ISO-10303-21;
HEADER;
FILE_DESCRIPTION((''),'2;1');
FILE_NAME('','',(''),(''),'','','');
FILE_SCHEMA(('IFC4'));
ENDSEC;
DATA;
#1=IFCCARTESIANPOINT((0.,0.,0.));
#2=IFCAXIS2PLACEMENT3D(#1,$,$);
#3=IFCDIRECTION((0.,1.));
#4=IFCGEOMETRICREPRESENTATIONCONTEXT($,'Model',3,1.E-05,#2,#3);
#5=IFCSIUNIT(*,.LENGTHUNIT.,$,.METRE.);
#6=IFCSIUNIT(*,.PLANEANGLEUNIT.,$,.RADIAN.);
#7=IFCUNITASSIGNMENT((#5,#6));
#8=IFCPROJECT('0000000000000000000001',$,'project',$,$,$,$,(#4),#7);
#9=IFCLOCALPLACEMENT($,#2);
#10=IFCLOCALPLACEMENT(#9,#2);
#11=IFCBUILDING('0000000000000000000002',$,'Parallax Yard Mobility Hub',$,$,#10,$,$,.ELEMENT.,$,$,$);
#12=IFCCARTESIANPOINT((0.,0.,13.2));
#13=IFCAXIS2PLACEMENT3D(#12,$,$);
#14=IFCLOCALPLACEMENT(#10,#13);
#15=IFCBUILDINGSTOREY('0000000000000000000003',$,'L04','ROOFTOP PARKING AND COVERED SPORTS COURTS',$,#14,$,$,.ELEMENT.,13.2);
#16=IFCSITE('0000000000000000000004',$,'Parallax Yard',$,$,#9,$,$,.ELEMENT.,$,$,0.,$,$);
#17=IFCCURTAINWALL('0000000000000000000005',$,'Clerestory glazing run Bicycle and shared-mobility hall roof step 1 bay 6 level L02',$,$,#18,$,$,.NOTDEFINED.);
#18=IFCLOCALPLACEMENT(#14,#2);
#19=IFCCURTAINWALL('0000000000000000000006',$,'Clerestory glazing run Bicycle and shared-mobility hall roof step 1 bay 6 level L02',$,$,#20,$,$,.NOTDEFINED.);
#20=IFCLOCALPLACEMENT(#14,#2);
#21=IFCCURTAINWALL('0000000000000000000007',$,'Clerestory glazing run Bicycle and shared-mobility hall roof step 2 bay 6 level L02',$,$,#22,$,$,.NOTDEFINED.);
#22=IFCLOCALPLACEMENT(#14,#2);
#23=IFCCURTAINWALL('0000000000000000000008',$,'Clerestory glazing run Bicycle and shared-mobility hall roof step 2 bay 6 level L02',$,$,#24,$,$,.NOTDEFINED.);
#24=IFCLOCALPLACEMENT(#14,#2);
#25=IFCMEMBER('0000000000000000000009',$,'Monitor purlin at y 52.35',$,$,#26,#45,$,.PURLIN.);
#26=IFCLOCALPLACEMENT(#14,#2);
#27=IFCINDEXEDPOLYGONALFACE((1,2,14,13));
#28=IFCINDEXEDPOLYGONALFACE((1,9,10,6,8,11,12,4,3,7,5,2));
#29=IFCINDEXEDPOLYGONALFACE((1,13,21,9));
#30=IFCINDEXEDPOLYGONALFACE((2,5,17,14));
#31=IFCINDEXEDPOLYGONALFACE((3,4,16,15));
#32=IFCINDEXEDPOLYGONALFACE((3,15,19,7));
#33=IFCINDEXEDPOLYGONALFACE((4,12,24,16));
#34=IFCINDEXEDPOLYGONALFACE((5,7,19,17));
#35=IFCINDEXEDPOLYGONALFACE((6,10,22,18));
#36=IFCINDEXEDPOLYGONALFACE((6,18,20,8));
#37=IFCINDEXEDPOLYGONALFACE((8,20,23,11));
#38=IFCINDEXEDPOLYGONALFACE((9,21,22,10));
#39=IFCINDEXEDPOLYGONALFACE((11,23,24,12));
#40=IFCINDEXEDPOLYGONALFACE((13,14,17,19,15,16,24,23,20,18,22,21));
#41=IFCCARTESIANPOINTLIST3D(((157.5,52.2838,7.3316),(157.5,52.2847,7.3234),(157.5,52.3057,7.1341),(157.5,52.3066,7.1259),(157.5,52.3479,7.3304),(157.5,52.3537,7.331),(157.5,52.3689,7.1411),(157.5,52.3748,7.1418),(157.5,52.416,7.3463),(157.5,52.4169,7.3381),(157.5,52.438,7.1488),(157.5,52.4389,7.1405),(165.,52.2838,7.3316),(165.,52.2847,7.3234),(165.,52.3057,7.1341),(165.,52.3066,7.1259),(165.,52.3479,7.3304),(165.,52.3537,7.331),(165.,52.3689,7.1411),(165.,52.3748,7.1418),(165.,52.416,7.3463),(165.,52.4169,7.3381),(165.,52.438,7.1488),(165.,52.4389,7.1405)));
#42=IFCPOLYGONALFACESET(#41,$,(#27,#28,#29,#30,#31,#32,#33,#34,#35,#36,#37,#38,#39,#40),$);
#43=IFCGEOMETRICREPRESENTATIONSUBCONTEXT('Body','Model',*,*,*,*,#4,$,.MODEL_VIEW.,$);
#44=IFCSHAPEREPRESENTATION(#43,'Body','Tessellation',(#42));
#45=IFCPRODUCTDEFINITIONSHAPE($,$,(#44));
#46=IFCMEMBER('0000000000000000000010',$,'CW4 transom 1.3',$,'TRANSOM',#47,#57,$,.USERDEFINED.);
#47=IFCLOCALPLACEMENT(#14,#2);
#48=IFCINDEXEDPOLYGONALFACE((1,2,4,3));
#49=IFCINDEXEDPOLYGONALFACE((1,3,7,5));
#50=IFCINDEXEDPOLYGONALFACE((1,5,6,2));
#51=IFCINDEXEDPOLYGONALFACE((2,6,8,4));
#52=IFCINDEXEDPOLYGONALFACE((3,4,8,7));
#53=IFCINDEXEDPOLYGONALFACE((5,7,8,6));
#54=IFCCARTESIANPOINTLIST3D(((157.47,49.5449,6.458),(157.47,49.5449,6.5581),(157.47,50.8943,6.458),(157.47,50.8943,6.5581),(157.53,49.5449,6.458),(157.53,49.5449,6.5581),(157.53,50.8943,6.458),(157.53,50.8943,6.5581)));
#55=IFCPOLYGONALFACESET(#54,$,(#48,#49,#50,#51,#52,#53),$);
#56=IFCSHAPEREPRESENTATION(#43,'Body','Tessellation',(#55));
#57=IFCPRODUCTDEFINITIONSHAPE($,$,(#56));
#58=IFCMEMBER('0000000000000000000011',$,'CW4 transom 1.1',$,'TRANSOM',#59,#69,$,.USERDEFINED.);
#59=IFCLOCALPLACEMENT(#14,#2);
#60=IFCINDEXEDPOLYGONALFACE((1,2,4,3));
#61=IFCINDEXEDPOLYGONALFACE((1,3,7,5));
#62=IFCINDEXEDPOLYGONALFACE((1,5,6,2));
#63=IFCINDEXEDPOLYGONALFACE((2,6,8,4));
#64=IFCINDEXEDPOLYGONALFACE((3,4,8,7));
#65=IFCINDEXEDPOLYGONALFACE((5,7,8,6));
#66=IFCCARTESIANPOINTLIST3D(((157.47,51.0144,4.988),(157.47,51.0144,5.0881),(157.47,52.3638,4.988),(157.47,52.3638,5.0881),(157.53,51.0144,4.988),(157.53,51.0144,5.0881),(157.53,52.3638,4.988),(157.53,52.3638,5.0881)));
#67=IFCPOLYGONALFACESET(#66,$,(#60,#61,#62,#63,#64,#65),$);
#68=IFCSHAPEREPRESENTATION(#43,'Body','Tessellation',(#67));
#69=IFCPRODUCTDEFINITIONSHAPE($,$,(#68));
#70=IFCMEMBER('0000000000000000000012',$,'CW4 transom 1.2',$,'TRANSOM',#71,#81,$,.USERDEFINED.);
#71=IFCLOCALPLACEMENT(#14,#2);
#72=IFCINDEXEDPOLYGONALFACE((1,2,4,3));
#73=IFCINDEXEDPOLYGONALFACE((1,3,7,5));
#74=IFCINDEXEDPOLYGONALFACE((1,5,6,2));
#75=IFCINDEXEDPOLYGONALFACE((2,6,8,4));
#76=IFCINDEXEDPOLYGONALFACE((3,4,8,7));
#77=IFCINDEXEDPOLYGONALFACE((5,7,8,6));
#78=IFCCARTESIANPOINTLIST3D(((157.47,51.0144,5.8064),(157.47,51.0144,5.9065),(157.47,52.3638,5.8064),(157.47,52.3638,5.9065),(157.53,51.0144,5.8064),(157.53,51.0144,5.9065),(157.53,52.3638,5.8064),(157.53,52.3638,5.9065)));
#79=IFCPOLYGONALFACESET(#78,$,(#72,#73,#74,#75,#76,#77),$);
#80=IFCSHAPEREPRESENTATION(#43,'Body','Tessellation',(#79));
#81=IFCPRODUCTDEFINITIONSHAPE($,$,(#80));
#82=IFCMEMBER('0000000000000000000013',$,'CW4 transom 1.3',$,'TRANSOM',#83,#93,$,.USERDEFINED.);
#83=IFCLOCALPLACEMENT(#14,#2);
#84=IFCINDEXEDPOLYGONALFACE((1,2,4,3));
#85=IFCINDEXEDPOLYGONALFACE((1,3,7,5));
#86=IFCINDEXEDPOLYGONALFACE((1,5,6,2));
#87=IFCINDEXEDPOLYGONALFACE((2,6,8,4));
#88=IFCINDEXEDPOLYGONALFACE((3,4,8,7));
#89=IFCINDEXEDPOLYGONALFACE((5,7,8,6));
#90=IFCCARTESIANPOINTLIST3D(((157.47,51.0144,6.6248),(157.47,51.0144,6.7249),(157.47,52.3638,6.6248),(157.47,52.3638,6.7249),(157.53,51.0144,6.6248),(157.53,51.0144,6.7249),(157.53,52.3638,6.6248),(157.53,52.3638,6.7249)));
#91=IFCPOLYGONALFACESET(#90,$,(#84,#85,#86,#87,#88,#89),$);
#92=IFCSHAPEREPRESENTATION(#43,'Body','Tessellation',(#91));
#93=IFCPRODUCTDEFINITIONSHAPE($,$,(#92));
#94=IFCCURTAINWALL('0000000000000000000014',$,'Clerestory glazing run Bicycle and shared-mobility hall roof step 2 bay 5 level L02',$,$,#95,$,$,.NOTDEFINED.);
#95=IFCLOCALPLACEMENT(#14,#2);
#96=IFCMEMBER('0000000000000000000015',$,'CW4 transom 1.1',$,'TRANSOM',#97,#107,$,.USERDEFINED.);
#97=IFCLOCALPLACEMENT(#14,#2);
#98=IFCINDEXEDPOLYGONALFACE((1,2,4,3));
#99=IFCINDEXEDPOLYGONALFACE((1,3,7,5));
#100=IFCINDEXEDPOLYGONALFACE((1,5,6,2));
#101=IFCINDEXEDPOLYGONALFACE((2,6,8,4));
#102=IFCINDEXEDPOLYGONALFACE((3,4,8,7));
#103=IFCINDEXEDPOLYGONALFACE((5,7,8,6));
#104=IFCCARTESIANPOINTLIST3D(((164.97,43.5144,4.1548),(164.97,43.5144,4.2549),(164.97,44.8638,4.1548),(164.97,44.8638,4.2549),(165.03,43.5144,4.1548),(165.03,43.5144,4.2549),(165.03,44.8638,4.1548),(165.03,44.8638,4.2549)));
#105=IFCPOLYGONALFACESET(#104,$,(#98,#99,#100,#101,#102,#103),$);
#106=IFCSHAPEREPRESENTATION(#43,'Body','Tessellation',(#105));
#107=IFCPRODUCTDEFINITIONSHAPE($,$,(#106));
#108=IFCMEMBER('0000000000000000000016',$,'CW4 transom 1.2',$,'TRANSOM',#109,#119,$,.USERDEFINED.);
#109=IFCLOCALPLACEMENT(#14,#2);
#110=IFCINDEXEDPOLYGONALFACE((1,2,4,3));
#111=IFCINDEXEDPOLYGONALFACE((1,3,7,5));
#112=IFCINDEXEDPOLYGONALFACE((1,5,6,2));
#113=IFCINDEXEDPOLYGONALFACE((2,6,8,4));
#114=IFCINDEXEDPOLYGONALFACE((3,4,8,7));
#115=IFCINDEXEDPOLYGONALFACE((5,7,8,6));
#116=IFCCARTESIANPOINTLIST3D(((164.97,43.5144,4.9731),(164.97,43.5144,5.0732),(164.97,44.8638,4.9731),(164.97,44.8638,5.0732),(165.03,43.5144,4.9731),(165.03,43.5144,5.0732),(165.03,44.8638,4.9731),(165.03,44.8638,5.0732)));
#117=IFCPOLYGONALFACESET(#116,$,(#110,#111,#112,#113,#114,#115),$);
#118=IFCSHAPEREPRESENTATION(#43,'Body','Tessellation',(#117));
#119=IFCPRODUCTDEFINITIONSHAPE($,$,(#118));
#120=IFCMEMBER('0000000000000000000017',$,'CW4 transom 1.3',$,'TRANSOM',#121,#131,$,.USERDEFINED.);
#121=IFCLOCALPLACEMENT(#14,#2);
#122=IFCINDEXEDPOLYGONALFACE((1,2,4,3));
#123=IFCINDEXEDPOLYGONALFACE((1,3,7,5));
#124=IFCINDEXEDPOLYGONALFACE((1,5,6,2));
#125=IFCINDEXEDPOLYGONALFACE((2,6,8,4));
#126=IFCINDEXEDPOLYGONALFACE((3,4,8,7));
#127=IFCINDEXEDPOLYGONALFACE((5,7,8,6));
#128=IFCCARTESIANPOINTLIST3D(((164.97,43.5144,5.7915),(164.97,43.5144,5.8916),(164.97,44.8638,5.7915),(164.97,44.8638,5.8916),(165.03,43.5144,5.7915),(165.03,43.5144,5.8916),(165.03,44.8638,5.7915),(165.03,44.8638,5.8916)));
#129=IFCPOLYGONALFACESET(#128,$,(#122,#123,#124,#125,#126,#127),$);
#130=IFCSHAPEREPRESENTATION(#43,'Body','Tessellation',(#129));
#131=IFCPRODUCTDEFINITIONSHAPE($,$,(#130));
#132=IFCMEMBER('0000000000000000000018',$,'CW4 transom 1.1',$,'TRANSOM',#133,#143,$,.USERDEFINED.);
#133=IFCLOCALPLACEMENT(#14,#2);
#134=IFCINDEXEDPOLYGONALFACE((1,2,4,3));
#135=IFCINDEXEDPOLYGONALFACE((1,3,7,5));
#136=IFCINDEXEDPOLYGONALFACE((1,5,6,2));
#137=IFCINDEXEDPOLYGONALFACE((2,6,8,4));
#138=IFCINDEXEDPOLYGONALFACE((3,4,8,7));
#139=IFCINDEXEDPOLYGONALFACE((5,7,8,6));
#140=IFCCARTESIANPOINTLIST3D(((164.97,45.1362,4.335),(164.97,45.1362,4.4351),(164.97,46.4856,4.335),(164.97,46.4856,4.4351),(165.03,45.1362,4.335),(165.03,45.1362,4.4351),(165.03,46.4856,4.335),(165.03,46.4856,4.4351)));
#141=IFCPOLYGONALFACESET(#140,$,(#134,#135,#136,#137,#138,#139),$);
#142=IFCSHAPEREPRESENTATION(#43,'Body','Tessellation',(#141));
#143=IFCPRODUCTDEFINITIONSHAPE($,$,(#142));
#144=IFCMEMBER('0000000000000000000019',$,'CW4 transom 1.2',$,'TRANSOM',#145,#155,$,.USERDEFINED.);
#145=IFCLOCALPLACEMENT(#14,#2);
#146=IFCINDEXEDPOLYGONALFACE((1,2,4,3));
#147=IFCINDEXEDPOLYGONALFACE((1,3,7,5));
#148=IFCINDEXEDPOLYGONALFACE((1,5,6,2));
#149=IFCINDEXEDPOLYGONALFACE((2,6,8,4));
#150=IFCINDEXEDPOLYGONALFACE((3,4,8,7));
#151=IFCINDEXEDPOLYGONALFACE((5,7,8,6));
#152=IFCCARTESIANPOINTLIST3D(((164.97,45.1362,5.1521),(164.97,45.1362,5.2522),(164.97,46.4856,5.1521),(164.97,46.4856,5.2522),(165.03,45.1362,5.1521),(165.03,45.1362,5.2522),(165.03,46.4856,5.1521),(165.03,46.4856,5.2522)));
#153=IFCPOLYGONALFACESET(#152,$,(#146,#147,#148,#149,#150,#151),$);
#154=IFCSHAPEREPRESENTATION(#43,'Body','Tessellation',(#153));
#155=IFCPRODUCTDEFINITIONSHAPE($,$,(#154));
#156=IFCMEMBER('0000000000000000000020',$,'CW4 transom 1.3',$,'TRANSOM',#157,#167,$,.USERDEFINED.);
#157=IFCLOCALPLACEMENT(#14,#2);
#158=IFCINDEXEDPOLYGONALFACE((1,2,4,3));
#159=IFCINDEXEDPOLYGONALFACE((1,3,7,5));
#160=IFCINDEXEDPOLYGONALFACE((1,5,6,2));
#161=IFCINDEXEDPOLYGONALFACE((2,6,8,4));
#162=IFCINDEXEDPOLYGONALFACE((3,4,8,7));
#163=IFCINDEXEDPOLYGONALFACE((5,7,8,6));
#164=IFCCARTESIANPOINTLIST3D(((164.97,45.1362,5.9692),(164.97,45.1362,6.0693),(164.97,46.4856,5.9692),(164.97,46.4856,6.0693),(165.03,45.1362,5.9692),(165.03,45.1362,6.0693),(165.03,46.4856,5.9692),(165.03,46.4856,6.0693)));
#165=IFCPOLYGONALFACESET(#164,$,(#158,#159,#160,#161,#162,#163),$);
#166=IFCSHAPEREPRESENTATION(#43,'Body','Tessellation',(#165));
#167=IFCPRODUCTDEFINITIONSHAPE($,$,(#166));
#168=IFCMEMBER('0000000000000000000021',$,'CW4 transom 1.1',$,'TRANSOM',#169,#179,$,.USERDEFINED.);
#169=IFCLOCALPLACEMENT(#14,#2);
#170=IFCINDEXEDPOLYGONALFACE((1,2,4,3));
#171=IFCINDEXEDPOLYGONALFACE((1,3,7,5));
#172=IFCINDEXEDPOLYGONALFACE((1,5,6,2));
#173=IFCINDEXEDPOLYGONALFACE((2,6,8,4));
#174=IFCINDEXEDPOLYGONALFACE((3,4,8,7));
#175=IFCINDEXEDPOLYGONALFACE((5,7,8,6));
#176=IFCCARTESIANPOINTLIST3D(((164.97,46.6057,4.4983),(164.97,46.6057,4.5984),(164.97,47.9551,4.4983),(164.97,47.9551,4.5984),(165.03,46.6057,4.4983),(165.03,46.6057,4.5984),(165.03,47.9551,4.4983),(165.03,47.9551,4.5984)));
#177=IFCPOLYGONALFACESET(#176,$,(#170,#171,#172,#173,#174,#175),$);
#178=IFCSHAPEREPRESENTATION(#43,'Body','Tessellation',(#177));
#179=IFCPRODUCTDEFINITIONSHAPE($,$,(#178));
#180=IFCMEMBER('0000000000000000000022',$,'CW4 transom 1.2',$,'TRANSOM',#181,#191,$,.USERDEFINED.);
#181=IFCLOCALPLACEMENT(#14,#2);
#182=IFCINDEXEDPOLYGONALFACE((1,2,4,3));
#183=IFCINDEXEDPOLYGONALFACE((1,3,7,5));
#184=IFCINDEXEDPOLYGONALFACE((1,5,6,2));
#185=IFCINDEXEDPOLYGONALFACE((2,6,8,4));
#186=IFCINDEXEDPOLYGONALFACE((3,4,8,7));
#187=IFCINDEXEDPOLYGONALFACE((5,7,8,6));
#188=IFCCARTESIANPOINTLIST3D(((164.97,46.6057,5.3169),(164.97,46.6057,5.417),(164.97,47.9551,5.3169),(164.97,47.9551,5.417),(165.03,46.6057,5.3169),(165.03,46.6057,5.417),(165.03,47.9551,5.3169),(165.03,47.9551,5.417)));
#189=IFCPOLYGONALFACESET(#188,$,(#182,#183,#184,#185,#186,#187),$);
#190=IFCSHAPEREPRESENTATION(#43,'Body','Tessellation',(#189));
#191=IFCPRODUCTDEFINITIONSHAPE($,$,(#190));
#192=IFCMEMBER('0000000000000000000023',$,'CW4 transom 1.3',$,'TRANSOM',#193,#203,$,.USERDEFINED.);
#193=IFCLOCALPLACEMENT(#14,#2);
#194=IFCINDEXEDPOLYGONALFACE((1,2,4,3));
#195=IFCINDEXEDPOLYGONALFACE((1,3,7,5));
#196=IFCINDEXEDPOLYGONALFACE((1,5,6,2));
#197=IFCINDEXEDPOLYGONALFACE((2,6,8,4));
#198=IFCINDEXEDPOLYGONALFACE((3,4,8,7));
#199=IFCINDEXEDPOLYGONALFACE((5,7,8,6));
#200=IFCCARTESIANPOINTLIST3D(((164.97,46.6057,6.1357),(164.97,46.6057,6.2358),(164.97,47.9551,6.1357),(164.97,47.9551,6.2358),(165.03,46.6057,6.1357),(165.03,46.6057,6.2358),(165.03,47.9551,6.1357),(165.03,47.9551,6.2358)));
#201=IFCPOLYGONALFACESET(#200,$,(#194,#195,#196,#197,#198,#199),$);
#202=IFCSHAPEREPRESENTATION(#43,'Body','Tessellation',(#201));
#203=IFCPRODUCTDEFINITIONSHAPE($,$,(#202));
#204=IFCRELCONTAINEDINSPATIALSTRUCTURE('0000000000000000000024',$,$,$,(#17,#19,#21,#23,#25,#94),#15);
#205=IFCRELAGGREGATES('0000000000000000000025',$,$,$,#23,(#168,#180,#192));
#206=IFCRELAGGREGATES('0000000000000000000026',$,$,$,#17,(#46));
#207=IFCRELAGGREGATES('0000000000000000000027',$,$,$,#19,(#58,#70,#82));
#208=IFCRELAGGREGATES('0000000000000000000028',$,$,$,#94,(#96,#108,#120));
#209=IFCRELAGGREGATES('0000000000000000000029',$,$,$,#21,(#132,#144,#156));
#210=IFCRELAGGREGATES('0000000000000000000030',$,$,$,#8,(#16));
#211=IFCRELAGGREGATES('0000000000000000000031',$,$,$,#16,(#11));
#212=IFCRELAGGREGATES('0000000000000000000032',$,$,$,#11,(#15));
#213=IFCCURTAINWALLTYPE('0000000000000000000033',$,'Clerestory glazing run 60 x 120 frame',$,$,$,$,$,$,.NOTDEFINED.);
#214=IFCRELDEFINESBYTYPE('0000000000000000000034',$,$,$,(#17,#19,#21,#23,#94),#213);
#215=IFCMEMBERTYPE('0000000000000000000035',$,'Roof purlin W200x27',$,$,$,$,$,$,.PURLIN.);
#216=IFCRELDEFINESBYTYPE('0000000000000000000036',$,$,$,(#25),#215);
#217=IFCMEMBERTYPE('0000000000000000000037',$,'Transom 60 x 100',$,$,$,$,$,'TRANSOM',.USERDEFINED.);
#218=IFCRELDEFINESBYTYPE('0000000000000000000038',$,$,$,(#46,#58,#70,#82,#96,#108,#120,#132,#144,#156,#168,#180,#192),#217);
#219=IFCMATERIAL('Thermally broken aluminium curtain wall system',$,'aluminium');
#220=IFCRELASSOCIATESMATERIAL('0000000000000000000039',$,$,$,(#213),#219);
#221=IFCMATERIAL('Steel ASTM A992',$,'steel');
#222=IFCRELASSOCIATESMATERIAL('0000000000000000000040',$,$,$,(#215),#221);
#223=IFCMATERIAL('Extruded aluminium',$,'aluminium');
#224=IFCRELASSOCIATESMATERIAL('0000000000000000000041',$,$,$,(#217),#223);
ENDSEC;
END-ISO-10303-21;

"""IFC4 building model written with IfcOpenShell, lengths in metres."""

from ifc_helpers import new_model, si_unit, direction, frame, origin, origin_2d, place, context, subcontext, project, spatial, rectangle, i_section, extrude, material, material_profile, profile_set, type_object, element, aggregate, save


model = new_model("IFC4")

# Units and contexts
model_context = context("Model", 3, precision=1e-05, world=origin(), true_north=direction((0.0, 1.0)))
body_context = subcontext(model_context, "Body", "Model", "MODEL_VIEW")
ifc_project = project(units=[si_unit("LENGTHUNIT", "METRE"), si_unit("PLANEANGLEUNIT", "RADIAN")], contexts=[model_context])

# Site, building, storey
site_placement = place(None, origin())
site = spatial("IfcSite", under=ifc_project, at=site_placement, Name="Parallax Yard", CompositionType="ELEMENT", RefElevation=0.0)
building_placement = place(site_placement, origin())
building = spatial("IfcBuilding", under=site, at=building_placement, Name="Parallax Yard Mobility Hub", CompositionType="ELEMENT")
storey_placement = place(building_placement, frame((0.0, 0.0, 13.2)))
storey = spatial("IfcBuildingStorey", under=building, at=storey_placement, Name="L04", Description="ROOFTOP PARKING AND COVERED SPORTS COURTS", CompositionType="ELEMENT", Elevation=13.2)

# Shared definitions
ifc_material_1 = material(Name="Steel ASTM A992", Category="steel")

# Curtain walls
ifc_material_2 = material(Name="Thermally broken aluminium curtain wall system", Category="aluminium")
curtain_wall_type = type_object("IfcCurtainWallType", Name="Clerestory glazing run 60 x 120 frame", PredefinedType="NOTDEFINED", material=ifc_material_2)
curtain_wall_1_placement = place(storey_placement, origin())
curtain_wall_1 = element("IfcCurtainWall", 1, at=curtain_wall_1_placement, inside=storey, type_object=curtain_wall_type, Name="Clerestory glazing run Bicycle and shared-mobility hall roof step 1 bay 6 level L02", PredefinedType="NOTDEFINED")
ifc_material_3 = material(Name="Extruded aluminium", Category="aluminium")
curtain_wall_2_placement = place(storey_placement, origin())
curtain_wall_2 = element("IfcCurtainWall", 2, at=curtain_wall_2_placement, inside=storey, type_object=curtain_wall_type, Name="Clerestory glazing run Bicycle and shared-mobility hall roof step 1 bay 6 level L02", PredefinedType="NOTDEFINED")
curtain_wall_3_placement = place(storey_placement, origin())
curtain_wall_3 = element("IfcCurtainWall", 3, at=curtain_wall_3_placement, inside=storey, type_object=curtain_wall_type, Name="Clerestory glazing run Bicycle and shared-mobility hall roof step 2 bay 6 level L02", PredefinedType="NOTDEFINED")
curtain_wall_4_placement = place(storey_placement, origin())
curtain_wall_4 = element("IfcCurtainWall", 4, at=curtain_wall_4_placement, inside=storey, type_object=curtain_wall_type, Name="Clerestory glazing run Bicycle and shared-mobility hall roof step 2 bay 6 level L02", PredefinedType="NOTDEFINED")

# Member
ifc_material_profile_1 = material_profile(ifc_material_1, i_section(OverallWidth=0.1331, OverallDepth=0.207, WebThickness=0.0059, FlangeThickness=0.0083, at=origin_2d()), Name="W200x27")
ifc_profile_set_1 = profile_set([ifc_material_profile_1], Name="Steel ASTM A992")
member_type_1 = type_object("IfcMemberType", Name="Roof purlin W200x27", PredefinedType="PURLIN", material=ifc_profile_set_1)
for number, where, z_axis, x_axis, name in (
    (5, (157.5, 52.3613, 7.2361), (1.0, 0.0, 0.0), (0.0, 0.993884, 0.110432), "Monitor purlin at y 52.35"),
):
    element("IfcMember", number, at=place(storey_placement, frame(where, z_axis=z_axis, x_axis=x_axis)), inside=storey, type_object=member_type_1, Name=name, PredefinedType="PURLIN", context=body_context, shape_type="SweptSolid", body=[
        extrude(i_section(OverallWidth=0.1331, OverallDepth=0.207, WebThickness=0.0059, FlangeThickness=0.0083, at=origin_2d()), origin(), (0.0, 0.0, 1.0), 7.5),
    ])

# Members
ifc_material_profile_2 = material_profile(ifc_material_3, rectangle(XDim=0.0601, YDim=0.1001, at=origin_2d()), Name="Transom 60 x 100")
ifc_profile_set_2 = profile_set([ifc_material_profile_2], Name="Extruded aluminium")
member_type_2 = type_object("IfcMemberType", Name="Transom 60 x 100", ElementType="TRANSOM", PredefinedType="USERDEFINED", material=ifc_profile_set_2)
member_1_placement = place(storey_placement, frame((157.5, 49.5449, 6.5081), z_axis=(0.0, 1.0, 0.0), x_axis=(-1.0, 0.0, 0.0)))
member_1 = element("IfcMember", 6, at=member_1_placement, type_object=member_type_2, Name="CW4 transom 1.3", ObjectType="TRANSOM", PredefinedType="USERDEFINED", context=body_context, shape_type="SweptSolid", body=[
    extrude(rectangle(XDim=0.0601, YDim=0.1001, at=origin_2d()), origin(), (0.0, 0.0, 1.0), 1.3494),
])
member_2_placement = place(storey_placement, frame((157.5, 51.0144, 5.0381), z_axis=(0.0, 1.0, 0.0), x_axis=(-1.0, 0.0, 0.0)))
member_2 = element("IfcMember", 7, at=member_2_placement, type_object=member_type_2, Name="CW4 transom 1.1", ObjectType="TRANSOM", PredefinedType="USERDEFINED", context=body_context, shape_type="SweptSolid", body=[
    extrude(rectangle(XDim=0.0601, YDim=0.1001, at=origin_2d()), origin(), (0.0, 0.0, 1.0), 1.3494),
])
member_3_placement = place(storey_placement, frame((157.5, 51.0144, 5.8564), z_axis=(0.0, 1.0, 0.0), x_axis=(-1.0, 0.0, 0.0)))
member_3 = element("IfcMember", 8, at=member_3_placement, type_object=member_type_2, Name="CW4 transom 1.2", ObjectType="TRANSOM", PredefinedType="USERDEFINED", context=body_context, shape_type="SweptSolid", body=[
    extrude(rectangle(XDim=0.0601, YDim=0.1001, at=origin_2d()), origin(), (0.0, 0.0, 1.0), 1.3494),
])
member_4_placement = place(storey_placement, frame((157.5, 51.0144, 6.6748), z_axis=(0.0, 1.0, 0.0), x_axis=(-1.0, 0.0, 0.0)))
member_4 = element("IfcMember", 9, at=member_4_placement, type_object=member_type_2, Name="CW4 transom 1.3", ObjectType="TRANSOM", PredefinedType="USERDEFINED", context=body_context, shape_type="SweptSolid", body=[
    extrude(rectangle(XDim=0.0601, YDim=0.1001, at=origin_2d()), origin(), (0.0, 0.0, 1.0), 1.3494),
])

# Curtain wall, members
curtain_wall_5_placement = place(storey_placement, origin())
curtain_wall_5 = element("IfcCurtainWall", 10, at=curtain_wall_5_placement, inside=storey, type_object=curtain_wall_type, Name="Clerestory glazing run Bicycle and shared-mobility hall roof step 2 bay 5 level L02", PredefinedType="NOTDEFINED")
member_5_placement = place(storey_placement, frame((165.0, 43.5144, 4.2048), z_axis=(0.0, 1.0, 0.0), x_axis=(-1.0, 0.0, 0.0)))
member_5 = element("IfcMember", 11, at=member_5_placement, type_object=member_type_2, Name="CW4 transom 1.1", ObjectType="TRANSOM", PredefinedType="USERDEFINED", context=body_context, shape_type="SweptSolid", body=[
    extrude(rectangle(XDim=0.0601, YDim=0.1001, at=origin_2d()), origin(), (0.0, 0.0, 1.0), 1.3494),
])
member_6_placement = place(storey_placement, frame((165.0, 43.5144, 5.0232), z_axis=(0.0, 1.0, 0.0), x_axis=(-1.0, 0.0, 0.0)))
member_6 = element("IfcMember", 12, at=member_6_placement, type_object=member_type_2, Name="CW4 transom 1.2", ObjectType="TRANSOM", PredefinedType="USERDEFINED", context=body_context, shape_type="SweptSolid", body=[
    extrude(rectangle(XDim=0.0601, YDim=0.1001, at=origin_2d()), origin(), (0.0, 0.0, 1.0), 1.3494),
])
member_7_placement = place(storey_placement, frame((165.0, 43.5144, 5.8416), z_axis=(0.0, 1.0, 0.0), x_axis=(-1.0, 0.0, 0.0)))
member_7 = element("IfcMember", 13, at=member_7_placement, type_object=member_type_2, Name="CW4 transom 1.3", ObjectType="TRANSOM", PredefinedType="USERDEFINED", context=body_context, shape_type="SweptSolid", body=[
    extrude(rectangle(XDim=0.0601, YDim=0.1001, at=origin_2d()), origin(), (0.0, 0.0, 1.0), 1.3494),
])

# Members
member_8_placement = place(storey_placement, frame((165.0, 45.1362, 4.385), z_axis=(0.0, 1.0, 0.0), x_axis=(-1.0, 0.0, 0.0)))
member_8 = element("IfcMember", 14, at=member_8_placement, type_object=member_type_2, Name="CW4 transom 1.1", ObjectType="TRANSOM", PredefinedType="USERDEFINED", context=body_context, shape_type="SweptSolid", body=[
    extrude(rectangle(XDim=0.0601, YDim=0.1001, at=origin_2d()), origin(), (0.0, 0.0, 1.0), 1.3494),
])
member_9_placement = place(storey_placement, frame((165.0, 45.1362, 5.2021), z_axis=(0.0, 1.0, 0.0), x_axis=(-1.0, 0.0, 0.0)))
member_9 = element("IfcMember", 15, at=member_9_placement, type_object=member_type_2, Name="CW4 transom 1.2", ObjectType="TRANSOM", PredefinedType="USERDEFINED", context=body_context, shape_type="SweptSolid", body=[
    extrude(rectangle(XDim=0.0601, YDim=0.1001, at=origin_2d()), origin(), (0.0, 0.0, 1.0), 1.3494),
])
member_10_placement = place(storey_placement, frame((165.0, 45.1362, 6.0193), z_axis=(0.0, 1.0, 0.0), x_axis=(-1.0, 0.0, 0.0)))
member_10 = element("IfcMember", 16, at=member_10_placement, type_object=member_type_2, Name="CW4 transom 1.3", ObjectType="TRANSOM", PredefinedType="USERDEFINED", context=body_context, shape_type="SweptSolid", body=[
    extrude(rectangle(XDim=0.0601, YDim=0.1001, at=origin_2d()), origin(), (0.0, 0.0, 1.0), 1.3494),
])
member_11_placement = place(storey_placement, frame((165.0, 46.6057, 4.5483), z_axis=(0.0, 1.0, 0.0), x_axis=(-1.0, 0.0, 0.0)))
member_11 = element("IfcMember", 17, at=member_11_placement, type_object=member_type_2, Name="CW4 transom 1.1", ObjectType="TRANSOM", PredefinedType="USERDEFINED", context=body_context, shape_type="SweptSolid", body=[
    extrude(rectangle(XDim=0.0601, YDim=0.1001, at=origin_2d()), origin(), (0.0, 0.0, 1.0), 1.3494),
])
member_12_placement = place(storey_placement, frame((165.0, 46.6057, 5.3669), z_axis=(0.0, 1.0, 0.0), x_axis=(-1.0, 0.0, 0.0)))
member_12 = element("IfcMember", 18, at=member_12_placement, type_object=member_type_2, Name="CW4 transom 1.2", ObjectType="TRANSOM", PredefinedType="USERDEFINED", context=body_context, shape_type="SweptSolid", body=[
    extrude(rectangle(XDim=0.0601, YDim=0.1001, at=origin_2d()), origin(), (0.0, 0.0, 1.0), 1.3494),
])
member_13_placement = place(storey_placement, frame((165.0, 46.6057, 6.1858), z_axis=(0.0, 1.0, 0.0), x_axis=(-1.0, 0.0, 0.0)))
member_13 = element("IfcMember", 19, at=member_13_placement, type_object=member_type_2, Name="CW4 transom 1.3", ObjectType="TRANSOM", PredefinedType="USERDEFINED", context=body_context, shape_type="SweptSolid", body=[
    extrude(rectangle(XDim=0.0601, YDim=0.1001, at=origin_2d()), origin(), (0.0, 0.0, 1.0), 1.3494),
])
aggregate(curtain_wall_4, [member_11, member_12, member_13])

aggregate(curtain_wall_1, [member_1])
aggregate(curtain_wall_2, [member_2, member_3, member_4])
aggregate(curtain_wall_5, [member_5, member_6, member_7])
aggregate(curtain_wall_3, [member_8, member_9, member_10])

save(model, "model.ifc")
